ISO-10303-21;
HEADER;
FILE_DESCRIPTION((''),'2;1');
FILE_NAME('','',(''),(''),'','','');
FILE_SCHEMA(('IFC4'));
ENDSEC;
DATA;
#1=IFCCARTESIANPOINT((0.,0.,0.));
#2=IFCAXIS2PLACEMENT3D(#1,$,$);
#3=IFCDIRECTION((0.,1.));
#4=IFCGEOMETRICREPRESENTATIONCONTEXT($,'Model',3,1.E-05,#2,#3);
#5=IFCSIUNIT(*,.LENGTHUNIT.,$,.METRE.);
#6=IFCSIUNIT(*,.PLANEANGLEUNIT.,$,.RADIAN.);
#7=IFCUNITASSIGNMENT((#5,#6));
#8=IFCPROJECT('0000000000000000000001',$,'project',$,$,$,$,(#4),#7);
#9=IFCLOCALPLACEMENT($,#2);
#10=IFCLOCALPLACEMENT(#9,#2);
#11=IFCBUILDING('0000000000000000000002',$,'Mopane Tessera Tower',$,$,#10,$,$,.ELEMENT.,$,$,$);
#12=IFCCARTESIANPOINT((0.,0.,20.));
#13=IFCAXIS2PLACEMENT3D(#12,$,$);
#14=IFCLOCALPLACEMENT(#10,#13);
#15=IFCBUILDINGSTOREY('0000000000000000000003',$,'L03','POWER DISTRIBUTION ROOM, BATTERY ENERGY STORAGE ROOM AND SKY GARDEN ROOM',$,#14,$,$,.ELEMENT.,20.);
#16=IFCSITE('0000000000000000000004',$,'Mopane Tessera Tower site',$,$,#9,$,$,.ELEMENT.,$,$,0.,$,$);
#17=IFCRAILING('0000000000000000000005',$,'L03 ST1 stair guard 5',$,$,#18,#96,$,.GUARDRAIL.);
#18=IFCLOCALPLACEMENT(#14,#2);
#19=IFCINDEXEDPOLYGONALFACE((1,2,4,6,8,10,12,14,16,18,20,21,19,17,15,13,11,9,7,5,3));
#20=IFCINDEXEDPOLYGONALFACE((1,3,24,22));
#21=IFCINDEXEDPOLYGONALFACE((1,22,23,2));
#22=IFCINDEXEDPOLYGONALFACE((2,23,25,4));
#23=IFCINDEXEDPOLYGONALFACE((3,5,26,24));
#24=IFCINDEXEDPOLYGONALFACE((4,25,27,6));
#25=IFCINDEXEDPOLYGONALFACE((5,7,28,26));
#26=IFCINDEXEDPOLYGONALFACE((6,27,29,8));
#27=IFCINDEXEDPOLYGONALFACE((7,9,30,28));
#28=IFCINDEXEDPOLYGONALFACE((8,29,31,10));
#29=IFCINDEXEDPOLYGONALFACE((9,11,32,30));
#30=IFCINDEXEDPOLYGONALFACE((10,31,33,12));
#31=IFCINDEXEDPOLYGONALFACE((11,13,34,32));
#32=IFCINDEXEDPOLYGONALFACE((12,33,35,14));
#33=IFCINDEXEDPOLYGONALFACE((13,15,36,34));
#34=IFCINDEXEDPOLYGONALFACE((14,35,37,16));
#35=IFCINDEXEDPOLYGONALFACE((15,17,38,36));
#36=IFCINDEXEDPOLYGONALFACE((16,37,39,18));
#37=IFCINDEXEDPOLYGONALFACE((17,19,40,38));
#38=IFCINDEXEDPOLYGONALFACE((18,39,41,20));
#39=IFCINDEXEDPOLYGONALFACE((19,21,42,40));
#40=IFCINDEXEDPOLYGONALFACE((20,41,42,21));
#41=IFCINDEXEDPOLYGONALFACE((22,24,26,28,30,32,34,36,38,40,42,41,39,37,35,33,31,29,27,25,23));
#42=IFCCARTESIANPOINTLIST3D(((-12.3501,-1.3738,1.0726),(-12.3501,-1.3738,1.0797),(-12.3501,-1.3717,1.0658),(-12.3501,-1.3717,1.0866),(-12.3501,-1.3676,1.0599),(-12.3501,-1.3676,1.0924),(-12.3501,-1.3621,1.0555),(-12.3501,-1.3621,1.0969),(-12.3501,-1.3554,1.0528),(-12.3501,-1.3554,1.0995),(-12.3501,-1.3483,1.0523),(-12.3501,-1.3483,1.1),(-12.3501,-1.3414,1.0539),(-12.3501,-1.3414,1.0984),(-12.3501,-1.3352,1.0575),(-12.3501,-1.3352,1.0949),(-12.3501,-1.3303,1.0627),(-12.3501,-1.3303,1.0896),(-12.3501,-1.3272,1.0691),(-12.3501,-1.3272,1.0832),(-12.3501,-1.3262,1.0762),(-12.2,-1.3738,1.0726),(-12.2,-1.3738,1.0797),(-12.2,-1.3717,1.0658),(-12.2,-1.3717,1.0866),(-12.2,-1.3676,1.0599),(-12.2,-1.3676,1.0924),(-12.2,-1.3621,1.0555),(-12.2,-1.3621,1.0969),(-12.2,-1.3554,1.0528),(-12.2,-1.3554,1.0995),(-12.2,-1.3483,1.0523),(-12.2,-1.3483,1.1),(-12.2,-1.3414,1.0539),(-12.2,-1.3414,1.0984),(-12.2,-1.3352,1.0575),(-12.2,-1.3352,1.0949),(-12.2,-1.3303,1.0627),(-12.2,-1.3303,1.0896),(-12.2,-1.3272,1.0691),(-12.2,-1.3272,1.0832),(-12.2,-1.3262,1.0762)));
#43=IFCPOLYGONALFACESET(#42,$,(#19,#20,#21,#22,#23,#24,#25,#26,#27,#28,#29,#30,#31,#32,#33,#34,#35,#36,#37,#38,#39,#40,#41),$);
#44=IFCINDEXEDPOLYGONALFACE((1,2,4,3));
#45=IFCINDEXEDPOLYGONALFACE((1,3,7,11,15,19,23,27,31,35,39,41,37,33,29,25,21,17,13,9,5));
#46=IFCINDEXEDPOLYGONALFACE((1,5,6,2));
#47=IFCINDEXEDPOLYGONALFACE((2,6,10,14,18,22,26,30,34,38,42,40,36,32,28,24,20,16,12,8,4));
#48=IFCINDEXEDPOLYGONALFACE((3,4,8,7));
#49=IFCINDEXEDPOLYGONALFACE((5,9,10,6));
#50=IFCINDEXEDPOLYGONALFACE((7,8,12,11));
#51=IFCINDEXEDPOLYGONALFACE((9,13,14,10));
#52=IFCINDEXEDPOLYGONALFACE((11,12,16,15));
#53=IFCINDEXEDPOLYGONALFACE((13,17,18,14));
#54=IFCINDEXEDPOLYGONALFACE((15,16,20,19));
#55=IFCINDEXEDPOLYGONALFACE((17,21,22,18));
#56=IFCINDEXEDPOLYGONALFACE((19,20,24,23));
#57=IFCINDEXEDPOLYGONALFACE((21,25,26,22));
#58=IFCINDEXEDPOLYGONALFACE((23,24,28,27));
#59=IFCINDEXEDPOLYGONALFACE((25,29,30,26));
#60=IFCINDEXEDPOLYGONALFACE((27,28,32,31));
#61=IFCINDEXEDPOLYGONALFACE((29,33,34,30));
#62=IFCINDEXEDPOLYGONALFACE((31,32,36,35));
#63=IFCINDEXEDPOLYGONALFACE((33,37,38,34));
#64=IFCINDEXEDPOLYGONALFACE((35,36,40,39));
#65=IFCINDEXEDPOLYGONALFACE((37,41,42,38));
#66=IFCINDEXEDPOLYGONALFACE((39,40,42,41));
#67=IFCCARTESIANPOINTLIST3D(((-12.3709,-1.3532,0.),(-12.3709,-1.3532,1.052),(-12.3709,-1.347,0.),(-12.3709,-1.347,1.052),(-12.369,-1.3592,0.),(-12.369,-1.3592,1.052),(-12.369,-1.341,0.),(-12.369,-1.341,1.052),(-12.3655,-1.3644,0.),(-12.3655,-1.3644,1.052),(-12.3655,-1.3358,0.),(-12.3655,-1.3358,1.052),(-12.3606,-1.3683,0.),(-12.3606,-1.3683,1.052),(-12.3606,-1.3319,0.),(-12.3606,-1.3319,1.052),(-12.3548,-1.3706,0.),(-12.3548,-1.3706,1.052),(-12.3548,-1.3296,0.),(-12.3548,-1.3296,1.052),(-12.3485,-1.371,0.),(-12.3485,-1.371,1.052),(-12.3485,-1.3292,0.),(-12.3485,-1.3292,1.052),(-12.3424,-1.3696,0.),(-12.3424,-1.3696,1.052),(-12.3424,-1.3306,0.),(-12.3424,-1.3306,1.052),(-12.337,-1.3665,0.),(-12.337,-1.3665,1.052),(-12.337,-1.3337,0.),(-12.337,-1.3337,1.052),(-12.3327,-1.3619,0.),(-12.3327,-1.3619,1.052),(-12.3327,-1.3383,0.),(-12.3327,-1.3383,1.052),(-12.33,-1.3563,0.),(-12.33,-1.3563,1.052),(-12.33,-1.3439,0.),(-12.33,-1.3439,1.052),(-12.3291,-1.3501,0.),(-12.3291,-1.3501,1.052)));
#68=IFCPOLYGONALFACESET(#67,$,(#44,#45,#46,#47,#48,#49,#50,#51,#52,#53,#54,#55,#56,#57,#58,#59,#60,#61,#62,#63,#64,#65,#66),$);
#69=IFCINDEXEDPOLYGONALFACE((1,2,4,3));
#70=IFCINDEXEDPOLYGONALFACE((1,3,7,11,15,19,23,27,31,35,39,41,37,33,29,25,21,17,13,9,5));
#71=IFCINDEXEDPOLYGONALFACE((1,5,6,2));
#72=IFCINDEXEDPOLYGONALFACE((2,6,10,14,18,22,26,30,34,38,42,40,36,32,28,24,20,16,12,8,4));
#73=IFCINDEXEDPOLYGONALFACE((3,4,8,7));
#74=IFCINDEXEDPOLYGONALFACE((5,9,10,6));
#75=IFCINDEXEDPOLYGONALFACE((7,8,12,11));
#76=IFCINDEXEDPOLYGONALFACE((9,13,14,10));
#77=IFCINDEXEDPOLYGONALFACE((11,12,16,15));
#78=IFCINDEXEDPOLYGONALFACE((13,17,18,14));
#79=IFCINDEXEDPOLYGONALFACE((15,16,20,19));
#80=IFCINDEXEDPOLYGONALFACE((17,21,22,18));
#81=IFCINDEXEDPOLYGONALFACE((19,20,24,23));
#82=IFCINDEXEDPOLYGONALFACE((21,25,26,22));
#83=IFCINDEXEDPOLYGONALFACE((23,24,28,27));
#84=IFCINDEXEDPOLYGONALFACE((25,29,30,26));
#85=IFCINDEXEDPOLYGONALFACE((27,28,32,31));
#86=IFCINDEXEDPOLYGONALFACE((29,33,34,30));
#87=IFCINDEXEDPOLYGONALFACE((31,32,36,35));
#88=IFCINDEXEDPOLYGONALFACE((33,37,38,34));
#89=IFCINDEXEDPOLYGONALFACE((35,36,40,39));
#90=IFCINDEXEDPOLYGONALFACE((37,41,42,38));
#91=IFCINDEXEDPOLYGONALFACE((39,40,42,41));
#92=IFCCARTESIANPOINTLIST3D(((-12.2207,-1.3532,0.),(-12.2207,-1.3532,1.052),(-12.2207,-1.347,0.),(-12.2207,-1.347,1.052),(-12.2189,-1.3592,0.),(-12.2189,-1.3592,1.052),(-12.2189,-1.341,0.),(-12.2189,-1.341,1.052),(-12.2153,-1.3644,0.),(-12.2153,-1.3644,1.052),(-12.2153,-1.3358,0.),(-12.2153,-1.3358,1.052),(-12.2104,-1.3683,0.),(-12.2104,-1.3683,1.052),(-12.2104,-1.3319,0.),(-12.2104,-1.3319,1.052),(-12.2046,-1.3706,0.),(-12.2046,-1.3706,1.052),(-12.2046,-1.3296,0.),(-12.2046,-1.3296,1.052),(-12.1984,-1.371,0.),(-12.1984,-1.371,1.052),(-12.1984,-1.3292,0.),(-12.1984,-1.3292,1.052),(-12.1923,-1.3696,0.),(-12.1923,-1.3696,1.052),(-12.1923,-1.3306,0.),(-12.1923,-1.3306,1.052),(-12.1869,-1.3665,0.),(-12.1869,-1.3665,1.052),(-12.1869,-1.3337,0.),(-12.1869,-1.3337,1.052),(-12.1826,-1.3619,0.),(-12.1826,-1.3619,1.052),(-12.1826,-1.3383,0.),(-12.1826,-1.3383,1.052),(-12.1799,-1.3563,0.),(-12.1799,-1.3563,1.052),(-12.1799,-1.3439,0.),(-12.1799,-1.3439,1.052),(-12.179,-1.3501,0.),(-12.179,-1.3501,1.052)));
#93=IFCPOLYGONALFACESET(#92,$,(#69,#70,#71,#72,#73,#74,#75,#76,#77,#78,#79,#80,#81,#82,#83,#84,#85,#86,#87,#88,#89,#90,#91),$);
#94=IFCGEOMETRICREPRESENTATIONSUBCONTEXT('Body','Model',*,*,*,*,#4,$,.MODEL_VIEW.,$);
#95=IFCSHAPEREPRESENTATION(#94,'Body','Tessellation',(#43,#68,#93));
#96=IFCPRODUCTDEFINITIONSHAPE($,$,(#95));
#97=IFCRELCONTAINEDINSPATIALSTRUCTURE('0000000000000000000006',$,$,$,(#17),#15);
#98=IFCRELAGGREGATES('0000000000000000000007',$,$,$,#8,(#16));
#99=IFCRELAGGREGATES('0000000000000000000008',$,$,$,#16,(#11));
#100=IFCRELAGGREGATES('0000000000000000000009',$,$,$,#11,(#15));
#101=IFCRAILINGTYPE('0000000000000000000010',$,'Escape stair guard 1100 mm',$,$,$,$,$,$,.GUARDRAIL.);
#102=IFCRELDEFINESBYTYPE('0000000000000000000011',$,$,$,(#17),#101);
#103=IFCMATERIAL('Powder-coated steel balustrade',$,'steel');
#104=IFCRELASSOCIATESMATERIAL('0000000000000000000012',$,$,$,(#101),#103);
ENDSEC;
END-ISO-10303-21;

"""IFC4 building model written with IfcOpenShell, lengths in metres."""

from ifc_helpers import new_model, si_unit, direction, frame, origin, origin_2d, place, context, subcontext, project, spatial, circle, extrude, material, type_object, element, save


model = new_model("IFC4")

# Units and contexts
model_context = context("Model", 3, precision=1e-05, world=origin(), true_north=direction((0.0, 1.0)))
body_context = subcontext(model_context, "Body", "Model", "MODEL_VIEW")
ifc_project = project(units=[si_unit("LENGTHUNIT", "METRE"), si_unit("PLANEANGLEUNIT", "RADIAN")], contexts=[model_context])

# Site, building, storey
site_placement = place(None, origin())
site = spatial("IfcSite", under=ifc_project, at=site_placement, Name="Mopane Tessera Tower site", CompositionType="ELEMENT", RefElevation=0.0)
building_placement = place(site_placement, origin())
building = spatial("IfcBuilding", under=site, at=building_placement, Name="Mopane Tessera Tower", CompositionType="ELEMENT")
storey_placement = place(building_placement, frame((0.0, 0.0, 20.0)))
storey = spatial("IfcBuildingStorey", under=building, at=storey_placement, Name="L03", Description="POWER DISTRIBUTION ROOM, BATTERY ENERGY STORAGE ROOM AND SKY GARDEN ROOM", CompositionType="ELEMENT", Elevation=20.0)

# Railing
ifc_material_1 = material(Name="Powder-coated steel balustrade", Category="steel")
railing_type_1 = type_object("IfcRailingType", Name="Escape stair guard 1100 mm", PredefinedType="GUARDRAIL", material=ifc_material_1)
railing_1_placement = place(storey_placement, frame((-12.3501, -1.3501, 0.0)))
element("IfcRailing", 1, at=railing_1_placement, inside=storey, type_object=railing_type_1, Name="L03 ST1 stair guard 5", PredefinedType="GUARDRAIL", context=body_context, shape_type="SweptSolid", body=[
    extrude(circle(Radius=0.0239, at=origin_2d()), frame((0.0, 0.0, 1.0762), z_axis=(1.0, 0.0, 0.0), x_axis=(0.0, 1.0, 0.0)), (0.0, 0.0, 1.0), 0.1501),
    extrude(circle(Radius=0.021, at=origin_2d()), origin(), (0.0, 0.0, 1.0), 1.052),
    extrude(circle(Radius=0.021, at=origin_2d()), frame((0.1501, 0.0, 0.0)), (0.0, 0.0, 1.0), 1.052),
])

save(model, "model.ifc")
